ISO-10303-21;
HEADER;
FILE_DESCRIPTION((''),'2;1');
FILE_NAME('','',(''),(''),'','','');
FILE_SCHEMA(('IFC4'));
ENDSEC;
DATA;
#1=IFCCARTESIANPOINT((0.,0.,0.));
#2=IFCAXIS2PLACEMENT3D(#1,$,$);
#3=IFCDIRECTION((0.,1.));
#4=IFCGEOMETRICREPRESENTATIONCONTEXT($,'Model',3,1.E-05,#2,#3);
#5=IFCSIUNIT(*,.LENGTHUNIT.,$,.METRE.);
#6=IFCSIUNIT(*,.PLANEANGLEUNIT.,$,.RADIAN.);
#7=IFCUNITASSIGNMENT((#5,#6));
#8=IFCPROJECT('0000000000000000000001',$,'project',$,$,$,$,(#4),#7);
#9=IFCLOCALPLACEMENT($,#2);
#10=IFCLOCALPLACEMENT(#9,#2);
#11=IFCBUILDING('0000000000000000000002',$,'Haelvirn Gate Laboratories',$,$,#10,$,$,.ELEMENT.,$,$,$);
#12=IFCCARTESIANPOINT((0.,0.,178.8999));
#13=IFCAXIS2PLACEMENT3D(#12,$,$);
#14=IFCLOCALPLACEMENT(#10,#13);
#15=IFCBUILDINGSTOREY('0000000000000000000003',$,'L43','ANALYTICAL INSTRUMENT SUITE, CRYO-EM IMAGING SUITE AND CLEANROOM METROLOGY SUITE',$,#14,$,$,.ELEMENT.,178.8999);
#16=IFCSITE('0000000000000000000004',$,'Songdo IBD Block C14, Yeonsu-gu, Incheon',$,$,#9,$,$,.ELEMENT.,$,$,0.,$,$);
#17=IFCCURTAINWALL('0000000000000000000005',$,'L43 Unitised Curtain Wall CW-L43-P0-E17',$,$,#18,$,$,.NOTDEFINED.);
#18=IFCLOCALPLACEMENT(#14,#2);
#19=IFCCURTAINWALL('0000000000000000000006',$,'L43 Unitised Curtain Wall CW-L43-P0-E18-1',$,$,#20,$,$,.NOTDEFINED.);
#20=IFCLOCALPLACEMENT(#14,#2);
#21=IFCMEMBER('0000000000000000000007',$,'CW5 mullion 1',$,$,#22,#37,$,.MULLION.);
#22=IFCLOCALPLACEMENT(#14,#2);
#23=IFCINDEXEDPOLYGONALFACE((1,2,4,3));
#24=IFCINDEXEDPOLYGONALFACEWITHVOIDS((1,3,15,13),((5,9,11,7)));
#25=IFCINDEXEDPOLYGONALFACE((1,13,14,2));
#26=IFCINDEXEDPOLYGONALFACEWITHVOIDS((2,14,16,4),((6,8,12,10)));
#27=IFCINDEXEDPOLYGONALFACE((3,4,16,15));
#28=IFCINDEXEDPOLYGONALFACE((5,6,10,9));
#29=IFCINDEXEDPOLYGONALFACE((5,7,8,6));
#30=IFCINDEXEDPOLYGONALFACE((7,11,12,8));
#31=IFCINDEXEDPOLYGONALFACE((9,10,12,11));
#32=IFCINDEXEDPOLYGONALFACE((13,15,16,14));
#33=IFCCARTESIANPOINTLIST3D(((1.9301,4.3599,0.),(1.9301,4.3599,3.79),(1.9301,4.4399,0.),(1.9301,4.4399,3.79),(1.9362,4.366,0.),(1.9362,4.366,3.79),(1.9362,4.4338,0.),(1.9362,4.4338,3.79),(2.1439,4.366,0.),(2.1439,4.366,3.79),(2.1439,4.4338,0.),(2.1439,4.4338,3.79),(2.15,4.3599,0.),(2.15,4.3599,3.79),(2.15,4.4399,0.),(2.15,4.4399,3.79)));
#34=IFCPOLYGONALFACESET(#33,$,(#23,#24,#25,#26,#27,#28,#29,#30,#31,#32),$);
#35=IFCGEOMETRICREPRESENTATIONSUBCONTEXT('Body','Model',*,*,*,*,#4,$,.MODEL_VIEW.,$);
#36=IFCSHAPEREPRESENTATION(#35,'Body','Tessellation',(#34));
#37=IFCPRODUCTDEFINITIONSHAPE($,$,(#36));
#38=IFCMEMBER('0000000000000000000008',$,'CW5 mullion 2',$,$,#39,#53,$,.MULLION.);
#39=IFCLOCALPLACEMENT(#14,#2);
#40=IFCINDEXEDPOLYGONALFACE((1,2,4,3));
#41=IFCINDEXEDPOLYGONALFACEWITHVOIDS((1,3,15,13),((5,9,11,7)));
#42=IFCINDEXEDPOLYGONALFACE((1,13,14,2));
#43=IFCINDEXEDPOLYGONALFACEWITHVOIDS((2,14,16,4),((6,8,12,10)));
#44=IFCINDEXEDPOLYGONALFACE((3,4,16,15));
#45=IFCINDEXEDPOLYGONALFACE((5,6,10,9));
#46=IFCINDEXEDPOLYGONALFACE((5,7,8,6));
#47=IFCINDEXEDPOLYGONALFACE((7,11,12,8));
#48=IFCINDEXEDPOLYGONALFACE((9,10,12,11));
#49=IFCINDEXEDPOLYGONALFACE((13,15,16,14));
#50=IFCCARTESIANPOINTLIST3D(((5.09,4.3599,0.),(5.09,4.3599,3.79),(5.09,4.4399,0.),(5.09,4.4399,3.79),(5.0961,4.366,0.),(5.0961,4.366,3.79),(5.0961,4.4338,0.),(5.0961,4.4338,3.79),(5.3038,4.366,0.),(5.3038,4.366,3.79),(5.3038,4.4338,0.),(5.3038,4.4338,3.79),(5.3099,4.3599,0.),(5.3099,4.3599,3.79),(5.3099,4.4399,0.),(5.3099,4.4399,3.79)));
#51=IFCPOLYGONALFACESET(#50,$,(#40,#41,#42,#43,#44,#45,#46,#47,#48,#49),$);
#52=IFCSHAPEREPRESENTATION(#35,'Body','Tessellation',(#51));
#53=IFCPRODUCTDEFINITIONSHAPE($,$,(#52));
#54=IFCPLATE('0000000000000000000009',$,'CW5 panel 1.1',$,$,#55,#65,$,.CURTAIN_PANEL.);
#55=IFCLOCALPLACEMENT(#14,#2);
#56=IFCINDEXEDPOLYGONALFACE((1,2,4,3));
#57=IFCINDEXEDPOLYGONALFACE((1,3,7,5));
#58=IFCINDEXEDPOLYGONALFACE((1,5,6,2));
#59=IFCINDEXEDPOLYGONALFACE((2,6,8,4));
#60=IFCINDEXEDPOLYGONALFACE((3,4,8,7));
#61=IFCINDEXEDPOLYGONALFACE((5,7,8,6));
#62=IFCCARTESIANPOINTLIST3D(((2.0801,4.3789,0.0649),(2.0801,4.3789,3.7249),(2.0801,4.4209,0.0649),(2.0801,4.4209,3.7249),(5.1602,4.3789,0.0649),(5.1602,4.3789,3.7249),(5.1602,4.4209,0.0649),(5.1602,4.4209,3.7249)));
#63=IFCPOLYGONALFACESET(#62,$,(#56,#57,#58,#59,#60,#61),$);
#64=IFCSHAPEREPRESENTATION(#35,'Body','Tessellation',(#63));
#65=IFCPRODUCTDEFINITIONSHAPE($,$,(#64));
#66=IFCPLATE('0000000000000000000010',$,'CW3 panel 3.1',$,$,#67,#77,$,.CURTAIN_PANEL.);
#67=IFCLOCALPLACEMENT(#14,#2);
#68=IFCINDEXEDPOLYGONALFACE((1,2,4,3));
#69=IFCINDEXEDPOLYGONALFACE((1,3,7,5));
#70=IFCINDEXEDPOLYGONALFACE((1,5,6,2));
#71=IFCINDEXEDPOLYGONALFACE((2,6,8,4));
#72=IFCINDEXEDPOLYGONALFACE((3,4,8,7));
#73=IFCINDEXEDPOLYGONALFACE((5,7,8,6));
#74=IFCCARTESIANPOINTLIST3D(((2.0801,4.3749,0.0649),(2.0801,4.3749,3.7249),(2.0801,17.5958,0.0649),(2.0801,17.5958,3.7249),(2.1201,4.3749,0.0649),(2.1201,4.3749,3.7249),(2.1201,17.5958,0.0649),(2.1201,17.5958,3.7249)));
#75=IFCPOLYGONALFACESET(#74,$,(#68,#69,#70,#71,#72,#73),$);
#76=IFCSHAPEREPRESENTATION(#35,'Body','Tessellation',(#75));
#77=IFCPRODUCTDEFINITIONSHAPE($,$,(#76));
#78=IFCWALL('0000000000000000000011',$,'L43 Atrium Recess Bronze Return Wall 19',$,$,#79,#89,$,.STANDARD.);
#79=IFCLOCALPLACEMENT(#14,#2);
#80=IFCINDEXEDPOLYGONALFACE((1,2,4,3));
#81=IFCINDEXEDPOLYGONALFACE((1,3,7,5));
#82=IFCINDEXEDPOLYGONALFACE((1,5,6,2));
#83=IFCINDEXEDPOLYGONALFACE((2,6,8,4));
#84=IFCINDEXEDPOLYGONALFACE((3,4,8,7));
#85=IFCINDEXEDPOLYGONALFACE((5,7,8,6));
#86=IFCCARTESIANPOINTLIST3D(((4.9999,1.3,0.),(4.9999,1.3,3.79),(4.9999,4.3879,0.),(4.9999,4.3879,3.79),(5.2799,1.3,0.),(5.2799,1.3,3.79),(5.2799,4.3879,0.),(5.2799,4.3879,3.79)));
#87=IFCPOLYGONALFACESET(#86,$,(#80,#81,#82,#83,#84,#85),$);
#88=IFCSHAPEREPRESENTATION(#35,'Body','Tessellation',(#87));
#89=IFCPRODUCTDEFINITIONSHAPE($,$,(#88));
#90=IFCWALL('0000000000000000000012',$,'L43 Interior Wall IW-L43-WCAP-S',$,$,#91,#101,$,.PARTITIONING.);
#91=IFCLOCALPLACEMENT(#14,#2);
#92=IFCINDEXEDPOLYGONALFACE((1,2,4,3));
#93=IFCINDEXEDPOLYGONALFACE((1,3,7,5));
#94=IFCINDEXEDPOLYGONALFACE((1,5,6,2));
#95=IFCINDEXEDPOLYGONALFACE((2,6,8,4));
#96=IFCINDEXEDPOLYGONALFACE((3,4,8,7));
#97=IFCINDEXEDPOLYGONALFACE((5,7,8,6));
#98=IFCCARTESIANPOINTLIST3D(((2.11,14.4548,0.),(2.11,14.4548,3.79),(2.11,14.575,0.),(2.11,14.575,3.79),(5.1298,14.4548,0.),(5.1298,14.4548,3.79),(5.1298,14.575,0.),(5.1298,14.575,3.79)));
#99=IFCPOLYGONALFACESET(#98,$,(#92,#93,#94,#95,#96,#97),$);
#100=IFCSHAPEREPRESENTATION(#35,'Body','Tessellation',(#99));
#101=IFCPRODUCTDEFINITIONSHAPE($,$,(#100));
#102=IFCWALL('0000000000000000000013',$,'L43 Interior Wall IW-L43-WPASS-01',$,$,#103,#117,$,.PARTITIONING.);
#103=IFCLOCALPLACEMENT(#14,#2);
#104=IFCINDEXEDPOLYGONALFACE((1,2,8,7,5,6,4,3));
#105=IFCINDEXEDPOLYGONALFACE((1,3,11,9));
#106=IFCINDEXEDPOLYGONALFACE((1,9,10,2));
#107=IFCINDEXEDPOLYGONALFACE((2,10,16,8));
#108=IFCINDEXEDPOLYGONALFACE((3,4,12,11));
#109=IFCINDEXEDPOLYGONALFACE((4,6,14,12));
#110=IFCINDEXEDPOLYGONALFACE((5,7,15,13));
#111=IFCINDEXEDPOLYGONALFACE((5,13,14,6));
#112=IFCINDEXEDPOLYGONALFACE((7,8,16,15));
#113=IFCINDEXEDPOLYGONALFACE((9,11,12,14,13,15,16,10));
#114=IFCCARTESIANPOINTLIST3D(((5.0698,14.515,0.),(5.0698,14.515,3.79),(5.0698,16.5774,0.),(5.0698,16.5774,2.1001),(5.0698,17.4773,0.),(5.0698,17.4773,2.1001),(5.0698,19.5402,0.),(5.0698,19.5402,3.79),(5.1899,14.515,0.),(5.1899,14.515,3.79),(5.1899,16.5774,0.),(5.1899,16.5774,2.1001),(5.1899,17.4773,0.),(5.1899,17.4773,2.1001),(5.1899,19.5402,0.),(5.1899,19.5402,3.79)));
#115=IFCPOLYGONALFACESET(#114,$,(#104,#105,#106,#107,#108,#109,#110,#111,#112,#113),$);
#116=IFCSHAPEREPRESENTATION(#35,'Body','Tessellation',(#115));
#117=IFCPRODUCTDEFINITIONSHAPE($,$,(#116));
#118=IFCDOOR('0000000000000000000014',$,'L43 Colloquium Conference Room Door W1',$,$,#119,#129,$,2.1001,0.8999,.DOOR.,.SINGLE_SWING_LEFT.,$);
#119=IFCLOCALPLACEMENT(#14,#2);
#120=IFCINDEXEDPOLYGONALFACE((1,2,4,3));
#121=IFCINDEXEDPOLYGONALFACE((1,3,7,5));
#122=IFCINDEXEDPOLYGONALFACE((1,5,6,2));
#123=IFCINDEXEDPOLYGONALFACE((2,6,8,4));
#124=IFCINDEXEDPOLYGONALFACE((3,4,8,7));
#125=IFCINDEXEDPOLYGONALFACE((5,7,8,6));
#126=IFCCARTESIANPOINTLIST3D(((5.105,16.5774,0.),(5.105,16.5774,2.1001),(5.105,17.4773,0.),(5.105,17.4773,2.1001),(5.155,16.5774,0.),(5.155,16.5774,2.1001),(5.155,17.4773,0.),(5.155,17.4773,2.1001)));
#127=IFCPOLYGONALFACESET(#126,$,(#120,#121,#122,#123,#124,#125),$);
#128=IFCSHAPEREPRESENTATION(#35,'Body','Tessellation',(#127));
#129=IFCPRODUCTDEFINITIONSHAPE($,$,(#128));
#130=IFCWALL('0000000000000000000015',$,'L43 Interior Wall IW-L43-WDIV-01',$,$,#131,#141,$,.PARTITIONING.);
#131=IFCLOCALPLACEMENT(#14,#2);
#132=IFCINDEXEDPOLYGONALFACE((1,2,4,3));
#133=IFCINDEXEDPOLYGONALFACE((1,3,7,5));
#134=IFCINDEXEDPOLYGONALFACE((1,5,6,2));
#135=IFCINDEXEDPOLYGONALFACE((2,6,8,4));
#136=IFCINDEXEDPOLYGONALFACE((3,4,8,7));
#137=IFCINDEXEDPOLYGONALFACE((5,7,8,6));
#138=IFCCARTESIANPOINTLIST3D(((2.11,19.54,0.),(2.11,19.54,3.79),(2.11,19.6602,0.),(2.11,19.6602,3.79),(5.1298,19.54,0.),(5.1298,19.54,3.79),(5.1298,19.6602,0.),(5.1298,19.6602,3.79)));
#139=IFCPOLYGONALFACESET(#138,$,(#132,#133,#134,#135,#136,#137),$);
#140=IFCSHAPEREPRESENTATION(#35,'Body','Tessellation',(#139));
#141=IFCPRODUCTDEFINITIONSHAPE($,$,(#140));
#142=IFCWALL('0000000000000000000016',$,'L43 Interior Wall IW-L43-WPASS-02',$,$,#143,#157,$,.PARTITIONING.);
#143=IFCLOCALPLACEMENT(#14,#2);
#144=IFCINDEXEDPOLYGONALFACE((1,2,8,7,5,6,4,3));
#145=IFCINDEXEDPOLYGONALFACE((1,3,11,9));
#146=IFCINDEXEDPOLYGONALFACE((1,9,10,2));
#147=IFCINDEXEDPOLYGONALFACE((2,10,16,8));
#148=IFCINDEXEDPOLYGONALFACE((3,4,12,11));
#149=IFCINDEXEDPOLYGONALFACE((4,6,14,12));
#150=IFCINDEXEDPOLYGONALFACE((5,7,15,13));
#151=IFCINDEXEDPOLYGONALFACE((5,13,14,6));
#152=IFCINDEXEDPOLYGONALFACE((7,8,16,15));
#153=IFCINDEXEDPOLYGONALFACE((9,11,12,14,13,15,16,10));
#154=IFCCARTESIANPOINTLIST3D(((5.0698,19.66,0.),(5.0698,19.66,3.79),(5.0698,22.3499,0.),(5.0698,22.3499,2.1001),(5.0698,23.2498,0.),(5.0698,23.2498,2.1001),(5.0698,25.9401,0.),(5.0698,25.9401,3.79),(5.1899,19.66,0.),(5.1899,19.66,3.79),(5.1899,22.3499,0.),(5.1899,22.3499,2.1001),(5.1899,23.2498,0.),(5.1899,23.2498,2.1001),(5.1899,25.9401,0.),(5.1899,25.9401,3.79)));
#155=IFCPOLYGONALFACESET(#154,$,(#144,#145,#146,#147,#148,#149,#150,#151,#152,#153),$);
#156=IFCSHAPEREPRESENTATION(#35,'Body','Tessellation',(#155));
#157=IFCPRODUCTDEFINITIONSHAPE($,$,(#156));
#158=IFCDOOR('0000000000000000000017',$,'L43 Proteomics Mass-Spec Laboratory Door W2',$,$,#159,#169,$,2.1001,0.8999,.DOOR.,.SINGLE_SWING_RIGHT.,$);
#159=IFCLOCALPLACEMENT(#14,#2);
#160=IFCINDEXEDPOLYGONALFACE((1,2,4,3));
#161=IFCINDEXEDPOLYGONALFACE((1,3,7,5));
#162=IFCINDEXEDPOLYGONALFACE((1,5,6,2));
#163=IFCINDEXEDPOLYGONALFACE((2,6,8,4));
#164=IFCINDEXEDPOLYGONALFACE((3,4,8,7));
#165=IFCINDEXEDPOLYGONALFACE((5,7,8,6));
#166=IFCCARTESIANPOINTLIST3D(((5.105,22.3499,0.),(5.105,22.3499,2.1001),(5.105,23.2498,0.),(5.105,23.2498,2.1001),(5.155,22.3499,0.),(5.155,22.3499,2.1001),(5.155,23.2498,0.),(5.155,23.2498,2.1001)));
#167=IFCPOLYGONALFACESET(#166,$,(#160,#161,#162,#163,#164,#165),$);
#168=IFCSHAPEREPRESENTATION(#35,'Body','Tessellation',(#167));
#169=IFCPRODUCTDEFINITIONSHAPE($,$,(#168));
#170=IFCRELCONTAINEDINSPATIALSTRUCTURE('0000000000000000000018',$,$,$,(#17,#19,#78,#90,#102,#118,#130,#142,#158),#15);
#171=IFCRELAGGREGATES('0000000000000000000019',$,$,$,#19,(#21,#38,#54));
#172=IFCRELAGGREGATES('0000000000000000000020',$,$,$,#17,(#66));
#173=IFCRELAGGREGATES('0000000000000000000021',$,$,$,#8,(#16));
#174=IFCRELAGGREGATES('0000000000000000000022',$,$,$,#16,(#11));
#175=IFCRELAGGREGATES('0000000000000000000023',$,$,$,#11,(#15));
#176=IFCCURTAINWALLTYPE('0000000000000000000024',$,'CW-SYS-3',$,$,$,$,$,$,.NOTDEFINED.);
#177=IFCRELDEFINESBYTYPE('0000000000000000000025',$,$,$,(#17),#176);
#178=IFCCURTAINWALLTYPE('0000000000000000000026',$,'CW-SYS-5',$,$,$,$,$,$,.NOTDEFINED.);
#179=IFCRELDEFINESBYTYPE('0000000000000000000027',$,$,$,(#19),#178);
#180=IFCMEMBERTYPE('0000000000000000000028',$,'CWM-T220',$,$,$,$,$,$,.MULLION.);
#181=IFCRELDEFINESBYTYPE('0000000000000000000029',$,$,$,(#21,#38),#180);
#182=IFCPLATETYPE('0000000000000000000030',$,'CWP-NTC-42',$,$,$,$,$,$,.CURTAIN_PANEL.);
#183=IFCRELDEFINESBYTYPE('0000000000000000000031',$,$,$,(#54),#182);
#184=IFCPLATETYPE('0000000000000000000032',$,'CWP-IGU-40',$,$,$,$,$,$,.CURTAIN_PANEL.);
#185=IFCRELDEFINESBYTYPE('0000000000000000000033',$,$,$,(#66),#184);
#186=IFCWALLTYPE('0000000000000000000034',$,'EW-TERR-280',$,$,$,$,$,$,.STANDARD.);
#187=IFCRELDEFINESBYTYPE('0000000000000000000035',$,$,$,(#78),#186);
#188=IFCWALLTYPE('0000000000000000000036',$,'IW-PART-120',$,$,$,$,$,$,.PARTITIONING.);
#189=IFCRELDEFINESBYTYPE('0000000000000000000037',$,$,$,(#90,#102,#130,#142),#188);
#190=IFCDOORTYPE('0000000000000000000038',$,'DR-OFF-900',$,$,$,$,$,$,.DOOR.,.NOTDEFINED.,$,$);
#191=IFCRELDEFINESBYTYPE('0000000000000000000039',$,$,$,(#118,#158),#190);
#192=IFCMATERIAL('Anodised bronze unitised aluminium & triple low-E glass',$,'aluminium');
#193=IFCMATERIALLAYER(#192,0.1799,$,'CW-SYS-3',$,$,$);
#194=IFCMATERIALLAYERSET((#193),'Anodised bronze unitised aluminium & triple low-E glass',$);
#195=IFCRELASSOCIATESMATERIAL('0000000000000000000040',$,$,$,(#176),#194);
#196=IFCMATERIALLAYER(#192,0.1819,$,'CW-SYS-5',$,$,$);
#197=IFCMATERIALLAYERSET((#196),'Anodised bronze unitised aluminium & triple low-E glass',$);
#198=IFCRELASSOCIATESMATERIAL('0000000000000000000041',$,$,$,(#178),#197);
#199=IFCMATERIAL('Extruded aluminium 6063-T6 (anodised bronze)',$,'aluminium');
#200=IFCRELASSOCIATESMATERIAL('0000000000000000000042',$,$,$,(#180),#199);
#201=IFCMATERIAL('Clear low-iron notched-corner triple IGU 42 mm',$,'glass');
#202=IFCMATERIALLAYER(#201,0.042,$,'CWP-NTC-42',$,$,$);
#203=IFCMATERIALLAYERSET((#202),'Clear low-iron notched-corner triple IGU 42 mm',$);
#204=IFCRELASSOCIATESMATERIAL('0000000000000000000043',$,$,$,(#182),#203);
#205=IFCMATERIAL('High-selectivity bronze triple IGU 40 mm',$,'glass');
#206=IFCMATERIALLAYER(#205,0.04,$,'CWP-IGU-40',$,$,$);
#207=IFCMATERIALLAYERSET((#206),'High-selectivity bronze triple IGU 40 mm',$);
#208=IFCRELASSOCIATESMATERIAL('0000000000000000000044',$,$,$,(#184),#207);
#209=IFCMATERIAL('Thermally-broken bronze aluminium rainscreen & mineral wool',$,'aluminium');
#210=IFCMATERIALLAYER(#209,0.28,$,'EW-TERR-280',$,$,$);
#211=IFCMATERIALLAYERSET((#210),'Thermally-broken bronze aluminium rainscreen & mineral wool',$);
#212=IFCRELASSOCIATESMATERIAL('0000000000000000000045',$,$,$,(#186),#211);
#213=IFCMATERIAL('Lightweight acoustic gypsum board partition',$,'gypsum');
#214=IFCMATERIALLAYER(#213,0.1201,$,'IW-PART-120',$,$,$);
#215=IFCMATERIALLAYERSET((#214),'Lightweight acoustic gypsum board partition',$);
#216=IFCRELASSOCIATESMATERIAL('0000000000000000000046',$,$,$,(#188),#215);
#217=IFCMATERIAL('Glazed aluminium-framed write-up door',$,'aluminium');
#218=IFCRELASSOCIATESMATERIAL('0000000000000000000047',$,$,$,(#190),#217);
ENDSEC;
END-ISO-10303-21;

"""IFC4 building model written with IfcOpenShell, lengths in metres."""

from ifc_helpers import new_model, si_unit, direction, frame, frame_2d, origin, origin_2d, place, context, subcontext, project, spatial, rectangle, hollow_rectangle, extrude, source, transform, mapped, material, layer, layer_set, material_profile, profile_set, type_object, type_shapes, element, fill, aggregate, save


model = new_model("IFC4")

# Units and contexts
model_context = context("Model", 3, precision=1e-05, world=origin(), true_north=direction((0.0, 1.0)))
body_context = subcontext(model_context, "Body", "Model", "MODEL_VIEW")
ifc_project = project(units=[si_unit("LENGTHUNIT", "METRE"), si_unit("PLANEANGLEUNIT", "RADIAN")], contexts=[model_context])

# Site, building, storey
site_placement = place(None, origin())
site = spatial("IfcSite", under=ifc_project, at=site_placement, Name="Songdo IBD Block C14, Yeonsu-gu, Incheon", CompositionType="ELEMENT", RefElevation=0.0)
building_placement = place(site_placement, origin())
building = spatial("IfcBuilding", under=site, at=building_placement, Name="Haelvirn Gate Laboratories", CompositionType="ELEMENT")
storey_placement = place(building_placement, frame((0.0, 0.0, 178.8999)))
storey = spatial("IfcBuildingStorey", under=building, at=storey_placement, Name="L43", Description="ANALYTICAL INSTRUMENT SUITE, CRYO-EM IMAGING SUITE AND CLEANROOM METROLOGY SUITE", CompositionType="ELEMENT", Elevation=178.8999)

# Curtain walls
ifc_material_1 = material(Name="Anodised bronze unitised aluminium & triple low-E glass", Category="aluminium")
ifc_layer_1 = layer(ifc_material_1, 0.1799, Name="CW-SYS-3")
ifc_layer_set_1 = layer_set([ifc_layer_1], Name="Anodised bronze unitised aluminium & triple low-E glass")
curtain_wall_type_1 = type_object("IfcCurtainWallType", Name="CW-SYS-3", PredefinedType="NOTDEFINED", material=ifc_layer_set_1)
curtain_wall_1_placement = place(storey_placement, origin())
curtain_wall_1 = element("IfcCurtainWall", 1, at=curtain_wall_1_placement, inside=storey, type_object=curtain_wall_type_1, Name="L43 Unitised Curtain Wall CW-L43-P0-E17", PredefinedType="NOTDEFINED")
ifc_material_2 = material(Name="Extruded aluminium 6063-T6 (anodised bronze)", Category="aluminium")
ifc_layer_2 = layer(ifc_material_1, 0.1819, Name="CW-SYS-5")
ifc_layer_set_2 = layer_set([ifc_layer_2], Name="Anodised bronze unitised aluminium & triple low-E glass")
curtain_wall_type_2 = type_object("IfcCurtainWallType", Name="CW-SYS-5", PredefinedType="NOTDEFINED", material=ifc_layer_set_2)
curtain_wall_2_placement = place(storey_placement, origin())
curtain_wall_2 = element("IfcCurtainWall", 2, at=curtain_wall_2_placement, inside=storey, type_object=curtain_wall_type_2, Name="L43 Unitised Curtain Wall CW-L43-P0-E18-1", PredefinedType="NOTDEFINED")

# Members
ifc_material_profile_1 = material_profile(ifc_material_2, hollow_rectangle(XDim=0.0801, YDim=0.22, WallThickness=0.0061, at=origin_2d()), Name="CWM-220x80x6")
ifc_profile_set_1 = profile_set([ifc_material_profile_1], Name="Extruded aluminium 6063-T6 (anodised bronze)")
member_type_1 = type_object("IfcMemberType", Name="CWM-T220", PredefinedType="MULLION", material=ifc_profile_set_1)
shared_shape_1 = source(origin(), body_context, "Body", "SweptSolid", [
    extrude(hollow_rectangle(XDim=0.0801, YDim=0.22, WallThickness=0.0061, at=origin_2d()), origin(), (0.0, 0.0, 1.0), 3.79),
])
type_shapes(member_type_1, [shared_shape_1])
member_1_placement = place(storey_placement, frame((2.04, 4.3999, 0.0), z_axis=(0.0, 0.0, 1.0), x_axis=(0.0, 1.0, 0.0)))
member_1 = element("IfcMember", 3, at=member_1_placement, type_object=member_type_1, Name="CW5 mullion 1", PredefinedType="MULLION", context=body_context, shape_type="MappedRepresentation", body=[
    mapped(shared_shape_1, transform((0.0, 0.0, 0.0), scale=1.0)),
])
member_2_placement = place(storey_placement, frame((5.2, 4.3999, 0.0), z_axis=(0.0, 0.0, 1.0), x_axis=(0.0, 1.0, 0.0)))
member_2 = element("IfcMember", 4, at=member_2_placement, type_object=member_type_1, Name="CW5 mullion 2", PredefinedType="MULLION", context=body_context, shape_type="MappedRepresentation", body=[
    mapped(shared_shape_1, transform((0.0, 0.0, 0.0), scale=1.0)),
])

# Plates
ifc_material_3 = material(Name="Clear low-iron notched-corner triple IGU 42 mm", Category="glass")
ifc_layer_3 = layer(ifc_material_3, 0.042, Name="CWP-NTC-42")
ifc_layer_set_3 = layer_set([ifc_layer_3], Name="Clear low-iron notched-corner triple IGU 42 mm")
plate_type_1 = type_object("IfcPlateType", Name="CWP-NTC-42", PredefinedType="CURTAIN_PANEL", material=ifc_layer_set_3)
shared_shape_2 = source(origin(), body_context, "Body", "SweptSolid", [
    extrude(rectangle(XDim=3.0801, YDim=0.042, at=origin_2d()), origin(), (0.0, 0.0, 1.0), 3.6599),
])
type_shapes(plate_type_1, [shared_shape_2])
plate_1_placement = place(storey_placement, frame((3.6201, 4.3999, 0.0649), z_axis=(0.0, 0.0, 1.0), x_axis=(1.0, 0.0, 0.0)))
plate_1 = element("IfcPlate", 5, at=plate_1_placement, type_object=plate_type_1, Name="CW5 panel 1.1", PredefinedType="CURTAIN_PANEL", context=body_context, shape_type="MappedRepresentation", body=[
    mapped(shared_shape_2, transform((0.0, 0.0, 0.0), scale=1.0)),
])
aggregate(curtain_wall_2, [member_1, member_2, plate_1])
ifc_material_4 = material(Name="High-selectivity bronze triple IGU 40 mm", Category="glass")
ifc_layer_4 = layer(ifc_material_4, 0.04, Name="CWP-IGU-40")
ifc_layer_set_4 = layer_set([ifc_layer_4], Name="High-selectivity bronze triple IGU 40 mm")
plate_type_2 = type_object("IfcPlateType", Name="CWP-IGU-40", PredefinedType="CURTAIN_PANEL", material=ifc_layer_set_4)
shared_shape_3 = source(origin(), body_context, "Body", "SweptSolid", [
    extrude(rectangle(XDim=13.2209, YDim=0.04, at=origin_2d()), origin(), (0.0, 0.0, 1.0), 3.6599),
])
type_shapes(plate_type_2, [shared_shape_3])
plate_2_placement = place(storey_placement, frame((2.1001, 10.9854, 0.0649), z_axis=(0.0, 0.0, 1.0), x_axis=(0.0, -1.0, 0.0)))
plate_2 = element("IfcPlate", 6, at=plate_2_placement, type_object=plate_type_2, Name="CW3 panel 3.1", PredefinedType="CURTAIN_PANEL", context=body_context, shape_type="MappedRepresentation", body=[
    mapped(shared_shape_3, transform((0.0, 0.0, 0.0), scale=1.0)),
])
aggregate(curtain_wall_1, [plate_2])

# Walls
ifc_material_5 = material(Name="Thermally-broken bronze aluminium rainscreen & mineral wool", Category="aluminium")
ifc_layer_5 = layer(ifc_material_5, 0.28, Name="EW-TERR-280")
ifc_layer_set_5 = layer_set([ifc_layer_5], Name="Thermally-broken bronze aluminium rainscreen & mineral wool")
wall_type_1 = type_object("IfcWallType", Name="EW-TERR-280", PredefinedType="STANDARD", material=ifc_layer_set_5)
wall_1_placement = place(storey_placement, frame((5.1399, 4.3879, 0.0), z_axis=(0.0, 0.0, 1.0), x_axis=(0.0, -1.0, 0.0)))
element("IfcWall", 7, at=wall_1_placement, inside=storey, type_object=wall_type_1, Name="L43 Atrium Recess Bronze Return Wall 19", PredefinedType="STANDARD", context=body_context, shape_type="SweptSolid", body=[
    extrude(rectangle(XDim=3.0879, YDim=0.28, at=frame_2d((1.5439, 0.0))), origin(), (0.0, 0.0, 1.0), 3.79),
])
ifc_material_6 = material(Name="Lightweight acoustic gypsum board partition", Category="gypsum")
ifc_layer_6 = layer(ifc_material_6, 0.1201, Name="IW-PART-120")
ifc_layer_set_6 = layer_set([ifc_layer_6], Name="Lightweight acoustic gypsum board partition")
wall_type_2 = type_object("IfcWallType", Name="IW-PART-120", PredefinedType="PARTITIONING", material=ifc_layer_set_6)
wall_2_placement = place(storey_placement, frame((2.1101, 14.5149, 0.0), z_axis=(0.0, 0.0, 1.0), x_axis=(1.0, 0.0, 0.0)))
element("IfcWall", 8, at=wall_2_placement, inside=storey, type_object=wall_type_2, Name="L43 Interior Wall IW-L43-WCAP-S", PredefinedType="PARTITIONING", context=body_context, shape_type="SweptSolid", body=[
    extrude(rectangle(XDim=3.0198, YDim=0.1201, at=frame_2d((1.5098, 0.0))), origin(), (0.0, 0.0, 1.0), 3.79),
])

# Wall, opening, door
wall_3_placement = place(storey_placement, frame((5.1299, 14.5149, 0.0), z_axis=(0.0, 0.0, 1.0), x_axis=(0.0, 1.0, 0.0)))
wall_3 = element("IfcWall", 9, at=wall_3_placement, inside=storey, type_object=wall_type_2, Name="L43 Interior Wall IW-L43-WPASS-01", PredefinedType="PARTITIONING", context=body_context, shape_type="SweptSolid", body=[
    extrude(rectangle(XDim=5.0251, YDim=0.1201, at=frame_2d((2.5127, 0.0))), origin(), (0.0, 0.0, 1.0), 3.79),
])
opening_1_placement = place(wall_3_placement, frame((2.0625, 0.0, 0.0)))
opening_1 = element("IfcOpeningElement", 10, at=opening_1_placement, cuts=wall_3, PredefinedType="OPENING", context=body_context, shape_type="SweptSolid", body=[
    extrude(rectangle(XDim=0.8999, YDim=2.1001, at=frame_2d((0.45, 1.05))), frame((0.0, 0.0701, 0.0), z_axis=(0.0, -1.0, 0.0), x_axis=(1.0, 0.0, 0.0)), (0.0, 0.0, 1.0), 0.1401),
])
ifc_material_7 = material(Name="Glazed aluminium-framed write-up door", Category="aluminium")
door_type_1 = type_object("IfcDoorType", Name="DR-OFF-900", OperationType="NOTDEFINED", PredefinedType="DOOR", material=ifc_material_7)
shared_shape_4 = source(origin(), body_context, "Body", "SweptSolid", [
    extrude(rectangle(XDim=0.8999, YDim=2.1001, at=frame_2d((0.45, 1.05))), frame((0.0, 0.0249, 0.0), z_axis=(0.0, -1.0, 0.0), x_axis=(1.0, 0.0, 0.0)), (0.0, 0.0, 1.0), 0.05),
])
type_shapes(door_type_1, [shared_shape_4])
door_1_placement = place(opening_1_placement, origin())
door_1 = element("IfcDoor", 11, at=door_1_placement, inside=storey, type_object=door_type_1, Name="L43 Colloquium Conference Room Door W1", OperationType="SINGLE_SWING_LEFT", OverallHeight=2.1001, OverallWidth=0.8999, PredefinedType="DOOR", context=body_context, shape_type="MappedRepresentation", body=[
    mapped(shared_shape_4, transform((0.0, 0.0, 0.0), scale=1.0)),
])
fill(opening_1, door_1)

# Wall
wall_4_placement = place(storey_placement, frame((2.1101, 19.6001, 0.0), z_axis=(0.0, 0.0, 1.0), x_axis=(1.0, 0.0, 0.0)))
element("IfcWall", 12, at=wall_4_placement, inside=storey, type_object=wall_type_2, Name="L43 Interior Wall IW-L43-WDIV-01", PredefinedType="PARTITIONING", context=body_context, shape_type="SweptSolid", body=[
    extrude(rectangle(XDim=3.0198, YDim=0.1201, at=frame_2d((1.5098, 0.0))), origin(), (0.0, 0.0, 1.0), 3.79),
])

# Wall, opening, door
wall_5_placement = place(storey_placement, frame((5.1299, 19.6599, 0.0), z_axis=(0.0, 0.0, 1.0), x_axis=(0.0, 1.0, 0.0)))
wall_5 = element("IfcWall", 13, at=wall_5_placement, inside=storey, type_object=wall_type_2, Name="L43 Interior Wall IW-L43-WPASS-02", PredefinedType="PARTITIONING", context=body_context, shape_type="SweptSolid", body=[
    extrude(rectangle(XDim=6.28, YDim=0.1201, at=frame_2d((3.1401, 0.0))), origin(), (0.0, 0.0, 1.0), 3.79),
])
opening_2_placement = place(wall_5_placement, frame((2.6899, 0.0, 0.0)))
opening_2 = element("IfcOpeningElement", 14, at=opening_2_placement, cuts=wall_5, PredefinedType="OPENING", context=body_context, shape_type="SweptSolid", body=[
    extrude(rectangle(XDim=0.8999, YDim=2.1001, at=frame_2d((0.45, 1.05))), frame((0.0, 0.0701, 0.0), z_axis=(0.0, -1.0, 0.0), x_axis=(1.0, 0.0, 0.0)), (0.0, 0.0, 1.0), 0.1401),
])
door_2_placement = place(opening_2_placement, origin())
door_2 = element("IfcDoor", 15, at=door_2_placement, inside=storey, type_object=door_type_1, Name="L43 Proteomics Mass-Spec Laboratory Door W2", OperationType="SINGLE_SWING_RIGHT", OverallHeight=2.1001, OverallWidth=0.8999, PredefinedType="DOOR", context=body_context, shape_type="MappedRepresentation", body=[
    mapped(shared_shape_4, transform((0.0, 0.0, 0.0), scale=1.0)),
])
fill(opening_2, door_2)

save(model, "model.ifc")
